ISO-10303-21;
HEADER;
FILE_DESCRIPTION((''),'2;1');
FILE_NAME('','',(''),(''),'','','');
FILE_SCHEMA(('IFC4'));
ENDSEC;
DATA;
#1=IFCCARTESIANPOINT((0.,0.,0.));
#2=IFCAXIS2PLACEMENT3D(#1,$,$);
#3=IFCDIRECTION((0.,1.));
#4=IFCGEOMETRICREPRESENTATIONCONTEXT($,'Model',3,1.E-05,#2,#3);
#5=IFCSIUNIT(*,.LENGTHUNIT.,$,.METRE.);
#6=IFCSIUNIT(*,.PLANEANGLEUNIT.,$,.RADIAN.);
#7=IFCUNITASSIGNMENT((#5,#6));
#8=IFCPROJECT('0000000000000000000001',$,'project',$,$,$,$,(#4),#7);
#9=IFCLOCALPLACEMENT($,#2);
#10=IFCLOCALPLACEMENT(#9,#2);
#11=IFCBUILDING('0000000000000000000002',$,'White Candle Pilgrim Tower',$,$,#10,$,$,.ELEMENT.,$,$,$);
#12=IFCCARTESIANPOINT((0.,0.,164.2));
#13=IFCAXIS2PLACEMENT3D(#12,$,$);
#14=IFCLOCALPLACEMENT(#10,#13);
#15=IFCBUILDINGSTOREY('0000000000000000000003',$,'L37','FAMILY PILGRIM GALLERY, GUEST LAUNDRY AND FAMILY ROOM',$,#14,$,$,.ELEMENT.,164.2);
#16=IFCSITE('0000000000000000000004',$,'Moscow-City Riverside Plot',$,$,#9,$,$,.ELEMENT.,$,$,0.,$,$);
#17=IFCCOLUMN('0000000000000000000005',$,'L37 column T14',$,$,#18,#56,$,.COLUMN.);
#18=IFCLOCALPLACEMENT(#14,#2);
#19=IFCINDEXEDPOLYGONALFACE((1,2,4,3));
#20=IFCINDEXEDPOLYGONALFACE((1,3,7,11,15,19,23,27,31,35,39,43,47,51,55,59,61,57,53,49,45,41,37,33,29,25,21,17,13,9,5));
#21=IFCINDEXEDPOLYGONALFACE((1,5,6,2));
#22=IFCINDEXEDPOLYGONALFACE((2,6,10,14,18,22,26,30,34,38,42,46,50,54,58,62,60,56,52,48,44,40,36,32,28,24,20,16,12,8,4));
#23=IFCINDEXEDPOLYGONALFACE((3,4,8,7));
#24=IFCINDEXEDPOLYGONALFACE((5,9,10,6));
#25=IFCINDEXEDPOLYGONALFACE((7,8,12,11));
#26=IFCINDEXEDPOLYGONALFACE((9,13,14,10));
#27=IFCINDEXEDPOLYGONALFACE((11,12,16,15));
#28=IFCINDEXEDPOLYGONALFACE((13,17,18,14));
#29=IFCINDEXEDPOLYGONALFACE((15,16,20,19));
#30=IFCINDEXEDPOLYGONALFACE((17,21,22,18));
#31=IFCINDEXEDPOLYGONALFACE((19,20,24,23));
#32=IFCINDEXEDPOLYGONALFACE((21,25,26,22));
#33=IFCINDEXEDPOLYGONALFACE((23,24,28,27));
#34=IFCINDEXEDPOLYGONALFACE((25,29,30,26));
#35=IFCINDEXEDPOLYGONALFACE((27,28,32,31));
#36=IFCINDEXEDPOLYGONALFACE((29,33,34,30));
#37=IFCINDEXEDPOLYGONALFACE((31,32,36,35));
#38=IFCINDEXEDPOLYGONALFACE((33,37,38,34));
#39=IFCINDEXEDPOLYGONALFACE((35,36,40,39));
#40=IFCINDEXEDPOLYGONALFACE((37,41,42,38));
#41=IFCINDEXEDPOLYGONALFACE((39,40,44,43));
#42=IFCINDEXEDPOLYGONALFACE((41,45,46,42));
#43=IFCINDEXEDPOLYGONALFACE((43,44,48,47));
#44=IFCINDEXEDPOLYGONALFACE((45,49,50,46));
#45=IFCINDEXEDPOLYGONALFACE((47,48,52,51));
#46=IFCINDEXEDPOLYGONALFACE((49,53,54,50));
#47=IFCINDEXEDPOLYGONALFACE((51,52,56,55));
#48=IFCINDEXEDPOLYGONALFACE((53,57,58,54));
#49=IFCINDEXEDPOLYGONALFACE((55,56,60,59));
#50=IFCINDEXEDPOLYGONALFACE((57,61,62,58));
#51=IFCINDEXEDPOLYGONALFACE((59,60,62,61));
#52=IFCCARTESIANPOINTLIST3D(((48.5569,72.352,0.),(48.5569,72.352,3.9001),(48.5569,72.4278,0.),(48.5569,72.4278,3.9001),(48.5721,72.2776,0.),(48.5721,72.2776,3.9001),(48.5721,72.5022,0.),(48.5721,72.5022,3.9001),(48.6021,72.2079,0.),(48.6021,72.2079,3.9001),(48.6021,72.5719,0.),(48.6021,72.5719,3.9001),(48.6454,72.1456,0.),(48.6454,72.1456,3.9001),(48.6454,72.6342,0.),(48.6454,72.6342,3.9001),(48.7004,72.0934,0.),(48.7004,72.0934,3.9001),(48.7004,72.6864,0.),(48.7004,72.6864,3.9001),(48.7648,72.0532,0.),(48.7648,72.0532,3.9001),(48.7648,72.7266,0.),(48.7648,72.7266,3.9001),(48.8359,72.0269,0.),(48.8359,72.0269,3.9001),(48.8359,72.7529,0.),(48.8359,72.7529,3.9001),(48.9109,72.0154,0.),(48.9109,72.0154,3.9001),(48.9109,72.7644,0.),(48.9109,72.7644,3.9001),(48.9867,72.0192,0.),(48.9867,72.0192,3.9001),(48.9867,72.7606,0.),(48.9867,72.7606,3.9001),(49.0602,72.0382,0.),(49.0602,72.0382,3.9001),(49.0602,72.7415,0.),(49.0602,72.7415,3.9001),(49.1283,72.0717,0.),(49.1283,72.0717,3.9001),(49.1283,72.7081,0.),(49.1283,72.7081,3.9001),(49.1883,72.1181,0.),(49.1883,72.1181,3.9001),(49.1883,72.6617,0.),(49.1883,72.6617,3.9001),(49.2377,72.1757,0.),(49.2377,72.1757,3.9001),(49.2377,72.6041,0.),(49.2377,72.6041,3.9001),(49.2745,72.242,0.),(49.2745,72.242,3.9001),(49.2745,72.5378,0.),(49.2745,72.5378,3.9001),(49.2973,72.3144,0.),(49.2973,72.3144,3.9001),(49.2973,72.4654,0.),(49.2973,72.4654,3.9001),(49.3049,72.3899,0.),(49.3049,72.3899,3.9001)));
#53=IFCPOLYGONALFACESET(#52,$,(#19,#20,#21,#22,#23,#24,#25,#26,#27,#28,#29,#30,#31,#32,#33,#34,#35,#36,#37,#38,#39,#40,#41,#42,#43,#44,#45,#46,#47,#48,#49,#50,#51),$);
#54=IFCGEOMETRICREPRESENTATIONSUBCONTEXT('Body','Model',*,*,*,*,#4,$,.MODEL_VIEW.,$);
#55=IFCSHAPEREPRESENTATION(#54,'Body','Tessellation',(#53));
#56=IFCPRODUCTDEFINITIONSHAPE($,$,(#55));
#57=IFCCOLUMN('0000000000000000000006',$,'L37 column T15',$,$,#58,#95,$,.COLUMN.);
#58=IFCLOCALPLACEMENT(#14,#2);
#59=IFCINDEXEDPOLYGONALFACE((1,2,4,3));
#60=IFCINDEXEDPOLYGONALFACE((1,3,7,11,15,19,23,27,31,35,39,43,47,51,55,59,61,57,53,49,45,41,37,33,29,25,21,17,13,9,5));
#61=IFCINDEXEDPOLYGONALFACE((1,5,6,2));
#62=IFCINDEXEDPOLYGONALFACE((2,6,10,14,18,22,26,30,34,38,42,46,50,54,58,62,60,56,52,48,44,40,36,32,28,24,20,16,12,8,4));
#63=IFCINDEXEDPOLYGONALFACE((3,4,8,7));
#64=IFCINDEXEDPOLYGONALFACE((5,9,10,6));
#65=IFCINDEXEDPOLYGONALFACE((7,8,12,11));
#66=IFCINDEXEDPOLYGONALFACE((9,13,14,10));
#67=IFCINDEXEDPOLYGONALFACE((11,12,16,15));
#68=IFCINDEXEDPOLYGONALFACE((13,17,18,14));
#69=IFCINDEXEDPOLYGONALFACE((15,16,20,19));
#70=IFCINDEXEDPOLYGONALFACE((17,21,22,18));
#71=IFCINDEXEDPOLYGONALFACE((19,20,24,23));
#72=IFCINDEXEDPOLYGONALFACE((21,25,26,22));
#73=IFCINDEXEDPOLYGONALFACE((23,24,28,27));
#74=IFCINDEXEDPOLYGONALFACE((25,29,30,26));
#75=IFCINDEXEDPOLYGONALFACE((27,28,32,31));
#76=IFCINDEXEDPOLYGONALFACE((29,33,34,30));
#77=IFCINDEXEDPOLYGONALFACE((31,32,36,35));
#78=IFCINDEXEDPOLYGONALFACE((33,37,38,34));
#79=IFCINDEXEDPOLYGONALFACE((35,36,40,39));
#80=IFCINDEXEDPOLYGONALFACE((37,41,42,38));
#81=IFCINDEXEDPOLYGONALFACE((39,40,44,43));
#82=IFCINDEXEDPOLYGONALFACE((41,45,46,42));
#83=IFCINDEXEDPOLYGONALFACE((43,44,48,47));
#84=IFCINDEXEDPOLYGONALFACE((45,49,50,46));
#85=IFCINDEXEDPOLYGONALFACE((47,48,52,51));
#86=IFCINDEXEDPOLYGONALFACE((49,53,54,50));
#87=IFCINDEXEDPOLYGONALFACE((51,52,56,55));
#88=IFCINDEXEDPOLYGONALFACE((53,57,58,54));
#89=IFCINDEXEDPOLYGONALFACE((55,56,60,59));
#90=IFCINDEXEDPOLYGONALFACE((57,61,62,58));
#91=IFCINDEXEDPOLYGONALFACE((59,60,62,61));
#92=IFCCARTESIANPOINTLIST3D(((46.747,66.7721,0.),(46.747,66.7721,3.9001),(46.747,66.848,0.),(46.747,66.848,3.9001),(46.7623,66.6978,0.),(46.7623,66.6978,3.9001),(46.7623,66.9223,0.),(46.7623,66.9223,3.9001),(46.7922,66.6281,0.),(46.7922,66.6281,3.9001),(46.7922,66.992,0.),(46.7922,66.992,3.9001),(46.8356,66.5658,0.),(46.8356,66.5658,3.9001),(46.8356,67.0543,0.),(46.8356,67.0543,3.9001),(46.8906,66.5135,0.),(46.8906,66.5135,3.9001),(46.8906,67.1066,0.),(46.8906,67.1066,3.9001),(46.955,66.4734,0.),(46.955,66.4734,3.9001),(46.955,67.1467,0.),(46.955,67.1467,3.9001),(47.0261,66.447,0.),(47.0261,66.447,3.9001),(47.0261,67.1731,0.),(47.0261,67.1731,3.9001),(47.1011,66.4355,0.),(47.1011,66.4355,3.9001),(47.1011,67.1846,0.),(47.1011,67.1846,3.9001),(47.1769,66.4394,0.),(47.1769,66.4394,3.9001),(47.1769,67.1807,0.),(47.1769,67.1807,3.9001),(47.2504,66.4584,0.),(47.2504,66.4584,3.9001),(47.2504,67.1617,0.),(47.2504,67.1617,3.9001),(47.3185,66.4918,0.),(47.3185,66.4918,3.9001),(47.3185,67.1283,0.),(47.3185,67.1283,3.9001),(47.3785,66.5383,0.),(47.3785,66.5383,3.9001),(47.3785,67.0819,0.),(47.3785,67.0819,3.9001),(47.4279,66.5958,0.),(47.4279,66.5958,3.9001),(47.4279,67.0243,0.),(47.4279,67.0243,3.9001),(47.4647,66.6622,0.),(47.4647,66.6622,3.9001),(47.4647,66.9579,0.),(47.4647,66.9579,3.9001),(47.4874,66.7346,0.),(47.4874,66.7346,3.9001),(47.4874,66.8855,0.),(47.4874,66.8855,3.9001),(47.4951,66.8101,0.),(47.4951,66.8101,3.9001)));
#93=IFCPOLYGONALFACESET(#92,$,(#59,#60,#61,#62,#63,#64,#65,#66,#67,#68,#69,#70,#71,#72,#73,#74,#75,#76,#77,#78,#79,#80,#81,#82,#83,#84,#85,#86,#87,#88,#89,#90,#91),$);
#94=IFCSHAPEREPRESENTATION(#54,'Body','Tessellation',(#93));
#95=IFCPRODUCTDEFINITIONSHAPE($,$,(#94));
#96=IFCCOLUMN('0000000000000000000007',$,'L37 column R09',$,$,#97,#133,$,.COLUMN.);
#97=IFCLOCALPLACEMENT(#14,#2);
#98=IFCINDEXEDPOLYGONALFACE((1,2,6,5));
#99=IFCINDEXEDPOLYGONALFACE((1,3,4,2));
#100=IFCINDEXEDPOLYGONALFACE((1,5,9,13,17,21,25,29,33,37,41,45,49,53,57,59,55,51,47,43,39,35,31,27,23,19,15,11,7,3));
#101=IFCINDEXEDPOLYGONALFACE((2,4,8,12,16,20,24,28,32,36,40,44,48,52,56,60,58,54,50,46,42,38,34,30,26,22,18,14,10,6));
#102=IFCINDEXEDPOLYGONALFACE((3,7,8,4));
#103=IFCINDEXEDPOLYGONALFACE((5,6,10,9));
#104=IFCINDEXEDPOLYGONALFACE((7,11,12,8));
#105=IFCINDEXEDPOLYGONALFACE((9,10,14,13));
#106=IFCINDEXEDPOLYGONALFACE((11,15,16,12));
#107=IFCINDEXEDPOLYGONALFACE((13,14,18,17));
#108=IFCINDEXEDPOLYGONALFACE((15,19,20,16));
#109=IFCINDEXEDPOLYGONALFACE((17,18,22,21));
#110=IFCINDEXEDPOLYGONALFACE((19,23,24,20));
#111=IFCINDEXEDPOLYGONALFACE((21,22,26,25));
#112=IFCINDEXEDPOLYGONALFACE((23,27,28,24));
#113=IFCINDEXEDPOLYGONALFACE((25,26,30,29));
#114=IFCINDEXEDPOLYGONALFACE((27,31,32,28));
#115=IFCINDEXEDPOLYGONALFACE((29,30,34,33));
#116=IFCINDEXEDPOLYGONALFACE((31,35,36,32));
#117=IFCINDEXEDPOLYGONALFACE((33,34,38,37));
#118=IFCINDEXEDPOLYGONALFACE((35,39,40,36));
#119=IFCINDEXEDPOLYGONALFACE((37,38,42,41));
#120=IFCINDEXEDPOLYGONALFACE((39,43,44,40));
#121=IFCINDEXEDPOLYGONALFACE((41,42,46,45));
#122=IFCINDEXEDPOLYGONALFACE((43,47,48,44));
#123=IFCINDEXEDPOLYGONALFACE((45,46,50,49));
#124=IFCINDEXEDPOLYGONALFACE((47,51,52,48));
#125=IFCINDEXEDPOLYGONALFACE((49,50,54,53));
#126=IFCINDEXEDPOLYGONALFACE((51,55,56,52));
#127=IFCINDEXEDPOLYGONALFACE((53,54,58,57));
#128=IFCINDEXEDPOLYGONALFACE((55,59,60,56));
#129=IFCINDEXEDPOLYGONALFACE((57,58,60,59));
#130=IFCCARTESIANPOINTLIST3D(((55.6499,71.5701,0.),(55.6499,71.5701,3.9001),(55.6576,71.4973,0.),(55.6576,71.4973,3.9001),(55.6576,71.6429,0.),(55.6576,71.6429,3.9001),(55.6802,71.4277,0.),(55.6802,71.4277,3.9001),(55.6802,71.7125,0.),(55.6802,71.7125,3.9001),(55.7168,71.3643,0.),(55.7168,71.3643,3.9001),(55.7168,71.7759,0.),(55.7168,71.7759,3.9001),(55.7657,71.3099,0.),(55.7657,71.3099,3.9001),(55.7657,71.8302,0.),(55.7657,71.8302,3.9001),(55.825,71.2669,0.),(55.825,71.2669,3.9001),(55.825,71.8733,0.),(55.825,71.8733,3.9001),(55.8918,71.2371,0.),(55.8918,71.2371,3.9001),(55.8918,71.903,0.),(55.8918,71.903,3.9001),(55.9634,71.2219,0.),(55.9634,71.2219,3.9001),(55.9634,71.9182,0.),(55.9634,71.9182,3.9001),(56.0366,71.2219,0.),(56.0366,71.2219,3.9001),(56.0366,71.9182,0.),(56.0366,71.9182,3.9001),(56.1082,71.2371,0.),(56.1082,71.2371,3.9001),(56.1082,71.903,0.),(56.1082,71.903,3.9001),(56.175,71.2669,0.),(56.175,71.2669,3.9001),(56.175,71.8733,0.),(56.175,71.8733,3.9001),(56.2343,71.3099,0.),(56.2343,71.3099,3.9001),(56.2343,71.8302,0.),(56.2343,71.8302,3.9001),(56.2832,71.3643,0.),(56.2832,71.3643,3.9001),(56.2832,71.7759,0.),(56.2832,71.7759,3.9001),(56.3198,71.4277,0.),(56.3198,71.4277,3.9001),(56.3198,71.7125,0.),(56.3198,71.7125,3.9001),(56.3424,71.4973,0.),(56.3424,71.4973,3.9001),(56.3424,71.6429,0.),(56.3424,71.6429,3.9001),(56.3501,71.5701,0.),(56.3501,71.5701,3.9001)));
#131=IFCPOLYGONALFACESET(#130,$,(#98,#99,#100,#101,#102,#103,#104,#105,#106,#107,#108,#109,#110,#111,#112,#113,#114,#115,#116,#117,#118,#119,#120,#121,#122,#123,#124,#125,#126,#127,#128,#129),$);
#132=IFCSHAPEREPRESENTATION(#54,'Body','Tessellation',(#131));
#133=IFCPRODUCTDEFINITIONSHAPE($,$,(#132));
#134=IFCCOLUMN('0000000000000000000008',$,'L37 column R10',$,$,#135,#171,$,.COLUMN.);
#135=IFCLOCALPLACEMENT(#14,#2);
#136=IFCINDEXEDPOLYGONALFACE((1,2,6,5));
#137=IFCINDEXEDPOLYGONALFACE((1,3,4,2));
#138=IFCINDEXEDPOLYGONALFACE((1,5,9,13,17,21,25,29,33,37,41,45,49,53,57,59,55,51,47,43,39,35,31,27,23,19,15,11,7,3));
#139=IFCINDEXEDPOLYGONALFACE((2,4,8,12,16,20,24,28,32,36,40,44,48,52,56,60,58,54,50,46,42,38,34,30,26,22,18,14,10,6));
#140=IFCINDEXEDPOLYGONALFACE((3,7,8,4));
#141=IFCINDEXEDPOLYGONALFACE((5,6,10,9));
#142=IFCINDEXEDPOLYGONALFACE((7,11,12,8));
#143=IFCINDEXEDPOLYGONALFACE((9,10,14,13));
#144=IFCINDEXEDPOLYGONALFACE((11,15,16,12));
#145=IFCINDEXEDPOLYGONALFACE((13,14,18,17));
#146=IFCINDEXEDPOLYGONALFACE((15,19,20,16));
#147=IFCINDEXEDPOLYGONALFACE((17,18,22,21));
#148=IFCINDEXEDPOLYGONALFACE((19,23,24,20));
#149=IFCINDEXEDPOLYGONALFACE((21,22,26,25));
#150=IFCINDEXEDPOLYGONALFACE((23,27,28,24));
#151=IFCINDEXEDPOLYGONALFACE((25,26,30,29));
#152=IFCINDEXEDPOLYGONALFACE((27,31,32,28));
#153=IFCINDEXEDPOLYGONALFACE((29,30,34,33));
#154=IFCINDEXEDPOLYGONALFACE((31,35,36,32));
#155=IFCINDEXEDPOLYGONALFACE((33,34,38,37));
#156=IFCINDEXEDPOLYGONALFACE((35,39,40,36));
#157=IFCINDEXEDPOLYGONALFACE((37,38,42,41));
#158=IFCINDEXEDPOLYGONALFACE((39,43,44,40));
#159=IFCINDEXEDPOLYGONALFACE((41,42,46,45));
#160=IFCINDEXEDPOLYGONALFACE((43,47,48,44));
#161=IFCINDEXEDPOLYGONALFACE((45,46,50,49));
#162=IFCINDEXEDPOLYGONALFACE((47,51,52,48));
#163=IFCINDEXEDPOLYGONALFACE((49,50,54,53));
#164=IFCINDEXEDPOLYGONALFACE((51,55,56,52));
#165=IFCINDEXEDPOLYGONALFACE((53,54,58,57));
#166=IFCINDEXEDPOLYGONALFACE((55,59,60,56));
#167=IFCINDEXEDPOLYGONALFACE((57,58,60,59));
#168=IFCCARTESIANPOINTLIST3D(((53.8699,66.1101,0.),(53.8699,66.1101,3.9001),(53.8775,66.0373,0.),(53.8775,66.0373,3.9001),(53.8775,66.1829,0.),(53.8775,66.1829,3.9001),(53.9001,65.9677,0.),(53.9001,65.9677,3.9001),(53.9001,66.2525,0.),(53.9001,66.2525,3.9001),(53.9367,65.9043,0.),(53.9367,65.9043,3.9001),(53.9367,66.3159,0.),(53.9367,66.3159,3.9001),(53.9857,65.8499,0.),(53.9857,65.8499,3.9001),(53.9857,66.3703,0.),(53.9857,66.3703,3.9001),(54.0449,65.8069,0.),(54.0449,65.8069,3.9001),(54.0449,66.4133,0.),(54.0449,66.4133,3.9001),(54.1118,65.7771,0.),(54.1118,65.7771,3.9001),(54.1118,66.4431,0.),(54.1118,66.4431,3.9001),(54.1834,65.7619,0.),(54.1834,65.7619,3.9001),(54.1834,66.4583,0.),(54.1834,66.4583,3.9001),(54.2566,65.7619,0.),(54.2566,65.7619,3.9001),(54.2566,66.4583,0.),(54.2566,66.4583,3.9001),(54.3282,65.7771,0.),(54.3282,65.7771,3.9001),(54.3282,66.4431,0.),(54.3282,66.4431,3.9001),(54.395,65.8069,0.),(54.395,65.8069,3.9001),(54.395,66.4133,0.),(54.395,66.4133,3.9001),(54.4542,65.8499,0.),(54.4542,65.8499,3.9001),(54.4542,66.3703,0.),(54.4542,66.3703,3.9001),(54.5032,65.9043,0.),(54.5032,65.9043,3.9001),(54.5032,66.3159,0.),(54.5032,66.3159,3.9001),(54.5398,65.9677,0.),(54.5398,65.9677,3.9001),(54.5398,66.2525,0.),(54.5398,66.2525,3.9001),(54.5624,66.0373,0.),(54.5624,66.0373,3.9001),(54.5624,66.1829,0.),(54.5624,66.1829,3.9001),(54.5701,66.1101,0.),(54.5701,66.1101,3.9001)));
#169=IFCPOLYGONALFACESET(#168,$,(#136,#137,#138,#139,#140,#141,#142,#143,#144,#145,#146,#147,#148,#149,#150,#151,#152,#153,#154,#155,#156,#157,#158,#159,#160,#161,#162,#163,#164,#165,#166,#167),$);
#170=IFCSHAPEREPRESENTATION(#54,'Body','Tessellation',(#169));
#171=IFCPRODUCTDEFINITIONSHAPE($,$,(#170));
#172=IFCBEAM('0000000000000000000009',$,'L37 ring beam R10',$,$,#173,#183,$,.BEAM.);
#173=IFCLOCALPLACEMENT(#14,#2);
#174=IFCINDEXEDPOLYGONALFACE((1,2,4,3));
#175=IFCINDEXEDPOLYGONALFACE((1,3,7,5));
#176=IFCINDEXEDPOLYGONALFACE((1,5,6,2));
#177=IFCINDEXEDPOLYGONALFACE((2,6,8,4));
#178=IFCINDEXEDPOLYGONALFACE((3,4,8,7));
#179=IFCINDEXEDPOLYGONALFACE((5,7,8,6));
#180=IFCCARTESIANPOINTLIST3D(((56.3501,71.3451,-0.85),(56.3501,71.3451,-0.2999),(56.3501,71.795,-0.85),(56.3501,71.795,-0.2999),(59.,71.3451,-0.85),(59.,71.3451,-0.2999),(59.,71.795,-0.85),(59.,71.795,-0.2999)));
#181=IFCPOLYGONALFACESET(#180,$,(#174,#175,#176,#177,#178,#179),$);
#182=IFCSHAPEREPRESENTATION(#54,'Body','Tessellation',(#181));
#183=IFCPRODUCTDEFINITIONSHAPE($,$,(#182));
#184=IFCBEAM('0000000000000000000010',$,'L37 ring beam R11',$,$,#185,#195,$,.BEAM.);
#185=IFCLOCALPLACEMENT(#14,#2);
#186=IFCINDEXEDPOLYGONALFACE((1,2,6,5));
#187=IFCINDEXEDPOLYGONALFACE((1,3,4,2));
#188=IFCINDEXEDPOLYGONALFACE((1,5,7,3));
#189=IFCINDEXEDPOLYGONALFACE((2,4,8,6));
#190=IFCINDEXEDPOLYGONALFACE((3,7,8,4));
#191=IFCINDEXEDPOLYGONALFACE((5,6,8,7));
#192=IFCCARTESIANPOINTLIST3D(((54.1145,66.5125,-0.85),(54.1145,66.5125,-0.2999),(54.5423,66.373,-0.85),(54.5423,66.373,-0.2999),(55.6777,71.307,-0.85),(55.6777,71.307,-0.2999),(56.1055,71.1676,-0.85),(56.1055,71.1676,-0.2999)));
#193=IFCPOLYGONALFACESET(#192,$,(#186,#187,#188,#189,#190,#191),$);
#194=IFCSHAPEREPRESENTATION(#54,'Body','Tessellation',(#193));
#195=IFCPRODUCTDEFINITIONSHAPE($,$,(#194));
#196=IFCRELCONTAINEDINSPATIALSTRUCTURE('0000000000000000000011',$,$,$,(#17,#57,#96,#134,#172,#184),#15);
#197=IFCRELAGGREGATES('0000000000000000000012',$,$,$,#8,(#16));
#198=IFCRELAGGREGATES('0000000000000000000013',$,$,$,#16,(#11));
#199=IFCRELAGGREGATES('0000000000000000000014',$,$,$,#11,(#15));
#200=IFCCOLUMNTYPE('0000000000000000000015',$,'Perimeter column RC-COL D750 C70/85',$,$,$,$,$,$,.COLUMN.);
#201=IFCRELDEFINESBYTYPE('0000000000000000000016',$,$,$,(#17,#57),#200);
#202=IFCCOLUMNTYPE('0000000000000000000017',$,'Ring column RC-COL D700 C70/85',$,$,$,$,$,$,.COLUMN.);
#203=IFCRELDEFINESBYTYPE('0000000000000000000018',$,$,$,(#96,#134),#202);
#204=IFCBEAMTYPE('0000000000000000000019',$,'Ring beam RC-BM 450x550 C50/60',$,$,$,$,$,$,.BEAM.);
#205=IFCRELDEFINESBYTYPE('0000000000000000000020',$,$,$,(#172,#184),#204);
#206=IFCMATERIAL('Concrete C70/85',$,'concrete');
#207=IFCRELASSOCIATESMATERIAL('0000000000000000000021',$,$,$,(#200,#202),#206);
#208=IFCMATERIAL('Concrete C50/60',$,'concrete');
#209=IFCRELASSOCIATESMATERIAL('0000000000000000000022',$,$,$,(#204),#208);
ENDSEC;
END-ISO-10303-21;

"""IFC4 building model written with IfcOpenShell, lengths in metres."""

from ifc_helpers import new_model, si_unit, direction, frame, origin, origin_2d, place, context, subcontext, project, spatial, rectangle, circle, extrude, material, material_profile, profile_set, type_object, element, save


model = new_model("IFC4")

# Units and contexts
model_context = context("Model", 3, precision=1e-05, world=origin(), true_north=direction((0.0, 1.0)))
body_context = subcontext(model_context, "Body", "Model", "MODEL_VIEW")
ifc_project = project(units=[si_unit("LENGTHUNIT", "METRE"), si_unit("PLANEANGLEUNIT", "RADIAN")], contexts=[model_context])

# Site, building, storey
site_placement = place(None, origin())
site = spatial("IfcSite", under=ifc_project, at=site_placement, Name="Moscow-City Riverside Plot", CompositionType="ELEMENT", RefElevation=0.0)
building_placement = place(site_placement, origin())
building = spatial("IfcBuilding", under=site, at=building_placement, Name="White Candle Pilgrim Tower", CompositionType="ELEMENT")
storey_placement = place(building_placement, frame((0.0, 0.0, 164.2)))
storey = spatial("IfcBuildingStorey", under=building, at=storey_placement, Name="L37", Description="FAMILY PILGRIM GALLERY, GUEST LAUNDRY AND FAMILY ROOM", CompositionType="ELEMENT", Elevation=164.2)

# Columns
ifc_material_1 = material(Name="Concrete C70/85", Category="concrete")
ifc_material_profile_1 = material_profile(ifc_material_1, circle(Radius=0.375, at=origin_2d()), Name="RC-COL D750")
ifc_profile_set_1 = profile_set([ifc_material_profile_1], Name="Concrete C70/85")
column_type_1 = type_object("IfcColumnType", Name="Perimeter column RC-COL D750 C70/85", PredefinedType="COLUMN", material=ifc_profile_set_1)
for number, where, z_axis, x_axis, name in (
    (1, (48.9299, 72.3899, 0.0), (0.0, 0.0, 1.0), (1.0, 0.0, 0.0), "L37 column T14"),
    (2, (47.1201, 66.8101, 0.0), (0.0, 0.0, 1.0), (1.0, 0.0, 0.0), "L37 column T15"),
):
    element("IfcColumn", number, at=place(storey_placement, frame(where, z_axis=z_axis, x_axis=x_axis)), inside=storey, type_object=column_type_1, Name=name, PredefinedType="COLUMN", context=body_context, shape_type="SweptSolid", body=[
        extrude(circle(Radius=0.375, at=origin_2d()), origin(), (0.0, 0.0, 1.0), 3.9001),
    ])
ifc_material_profile_2 = material_profile(ifc_material_1, circle(Radius=0.3501, at=origin_2d()), Name="RC-COL D700")
ifc_profile_set_2 = profile_set([ifc_material_profile_2], Name="Concrete C70/85")
column_type_2 = type_object("IfcColumnType", Name="Ring column RC-COL D700 C70/85", PredefinedType="COLUMN", material=ifc_profile_set_2)
for number, where, z_axis, x_axis, name in (
    (3, (56.0, 71.5701, 0.0), (0.0, 0.0, 1.0), (1.0, 0.0, 0.0), "L37 column R09"),
    (4, (54.22, 66.1101, 0.0), (0.0, 0.0, 1.0), (1.0, 0.0, 0.0), "L37 column R10"),
):
    element("IfcColumn", number, at=place(storey_placement, frame(where, z_axis=z_axis, x_axis=x_axis)), inside=storey, type_object=column_type_2, Name=name, PredefinedType="COLUMN", context=body_context, shape_type="SweptSolid", body=[
        extrude(circle(Radius=0.3501, at=origin_2d()), origin(), (0.0, 0.0, 1.0), 3.9001),
    ])

# Beams
ifc_material_2 = material(Name="Concrete C50/60", Category="concrete")
ifc_material_profile_3 = material_profile(ifc_material_2, rectangle(XDim=0.45, YDim=0.55, at=origin_2d()), Name="RC-BM 450x550")
ifc_profile_set_3 = profile_set([ifc_material_profile_3], Name="Concrete C50/60")
beam_type_1 = type_object("IfcBeamType", Name="Ring beam RC-BM 450x550 C50/60", PredefinedType="BEAM", material=ifc_profile_set_3)
beam_1_placement = place(storey_placement, frame((56.3501, 71.5701, -0.575), z_axis=(1.0, 0.0, 0.0), x_axis=(0.0, 1.0, 0.0)))
element("IfcBeam", 5, at=beam_1_placement, inside=storey, type_object=beam_type_1, Name="L37 ring beam R10", PredefinedType="BEAM", context=body_context, shape_type="SweptSolid", body=[
    extrude(rectangle(XDim=0.45, YDim=0.55, at=origin_2d()), origin(), (0.0, 0.0, 1.0), 2.6499),
])
beam_2_placement = place(storey_placement, frame((55.8916, 71.2373, -0.575), z_axis=(-0.309976, -0.950744, 0.0), x_axis=(0.950744, -0.309976, 0.0)))
element("IfcBeam", 6, at=beam_2_placement, inside=storey, type_object=beam_type_1, Name="L37 ring beam R11", PredefinedType="BEAM", context=body_context, shape_type="SweptSolid", body=[
    extrude(rectangle(XDim=0.45, YDim=0.55, at=origin_2d()), origin(), (0.0, 0.0, 1.0), 5.043),
])

save(model, "model.ifc")
